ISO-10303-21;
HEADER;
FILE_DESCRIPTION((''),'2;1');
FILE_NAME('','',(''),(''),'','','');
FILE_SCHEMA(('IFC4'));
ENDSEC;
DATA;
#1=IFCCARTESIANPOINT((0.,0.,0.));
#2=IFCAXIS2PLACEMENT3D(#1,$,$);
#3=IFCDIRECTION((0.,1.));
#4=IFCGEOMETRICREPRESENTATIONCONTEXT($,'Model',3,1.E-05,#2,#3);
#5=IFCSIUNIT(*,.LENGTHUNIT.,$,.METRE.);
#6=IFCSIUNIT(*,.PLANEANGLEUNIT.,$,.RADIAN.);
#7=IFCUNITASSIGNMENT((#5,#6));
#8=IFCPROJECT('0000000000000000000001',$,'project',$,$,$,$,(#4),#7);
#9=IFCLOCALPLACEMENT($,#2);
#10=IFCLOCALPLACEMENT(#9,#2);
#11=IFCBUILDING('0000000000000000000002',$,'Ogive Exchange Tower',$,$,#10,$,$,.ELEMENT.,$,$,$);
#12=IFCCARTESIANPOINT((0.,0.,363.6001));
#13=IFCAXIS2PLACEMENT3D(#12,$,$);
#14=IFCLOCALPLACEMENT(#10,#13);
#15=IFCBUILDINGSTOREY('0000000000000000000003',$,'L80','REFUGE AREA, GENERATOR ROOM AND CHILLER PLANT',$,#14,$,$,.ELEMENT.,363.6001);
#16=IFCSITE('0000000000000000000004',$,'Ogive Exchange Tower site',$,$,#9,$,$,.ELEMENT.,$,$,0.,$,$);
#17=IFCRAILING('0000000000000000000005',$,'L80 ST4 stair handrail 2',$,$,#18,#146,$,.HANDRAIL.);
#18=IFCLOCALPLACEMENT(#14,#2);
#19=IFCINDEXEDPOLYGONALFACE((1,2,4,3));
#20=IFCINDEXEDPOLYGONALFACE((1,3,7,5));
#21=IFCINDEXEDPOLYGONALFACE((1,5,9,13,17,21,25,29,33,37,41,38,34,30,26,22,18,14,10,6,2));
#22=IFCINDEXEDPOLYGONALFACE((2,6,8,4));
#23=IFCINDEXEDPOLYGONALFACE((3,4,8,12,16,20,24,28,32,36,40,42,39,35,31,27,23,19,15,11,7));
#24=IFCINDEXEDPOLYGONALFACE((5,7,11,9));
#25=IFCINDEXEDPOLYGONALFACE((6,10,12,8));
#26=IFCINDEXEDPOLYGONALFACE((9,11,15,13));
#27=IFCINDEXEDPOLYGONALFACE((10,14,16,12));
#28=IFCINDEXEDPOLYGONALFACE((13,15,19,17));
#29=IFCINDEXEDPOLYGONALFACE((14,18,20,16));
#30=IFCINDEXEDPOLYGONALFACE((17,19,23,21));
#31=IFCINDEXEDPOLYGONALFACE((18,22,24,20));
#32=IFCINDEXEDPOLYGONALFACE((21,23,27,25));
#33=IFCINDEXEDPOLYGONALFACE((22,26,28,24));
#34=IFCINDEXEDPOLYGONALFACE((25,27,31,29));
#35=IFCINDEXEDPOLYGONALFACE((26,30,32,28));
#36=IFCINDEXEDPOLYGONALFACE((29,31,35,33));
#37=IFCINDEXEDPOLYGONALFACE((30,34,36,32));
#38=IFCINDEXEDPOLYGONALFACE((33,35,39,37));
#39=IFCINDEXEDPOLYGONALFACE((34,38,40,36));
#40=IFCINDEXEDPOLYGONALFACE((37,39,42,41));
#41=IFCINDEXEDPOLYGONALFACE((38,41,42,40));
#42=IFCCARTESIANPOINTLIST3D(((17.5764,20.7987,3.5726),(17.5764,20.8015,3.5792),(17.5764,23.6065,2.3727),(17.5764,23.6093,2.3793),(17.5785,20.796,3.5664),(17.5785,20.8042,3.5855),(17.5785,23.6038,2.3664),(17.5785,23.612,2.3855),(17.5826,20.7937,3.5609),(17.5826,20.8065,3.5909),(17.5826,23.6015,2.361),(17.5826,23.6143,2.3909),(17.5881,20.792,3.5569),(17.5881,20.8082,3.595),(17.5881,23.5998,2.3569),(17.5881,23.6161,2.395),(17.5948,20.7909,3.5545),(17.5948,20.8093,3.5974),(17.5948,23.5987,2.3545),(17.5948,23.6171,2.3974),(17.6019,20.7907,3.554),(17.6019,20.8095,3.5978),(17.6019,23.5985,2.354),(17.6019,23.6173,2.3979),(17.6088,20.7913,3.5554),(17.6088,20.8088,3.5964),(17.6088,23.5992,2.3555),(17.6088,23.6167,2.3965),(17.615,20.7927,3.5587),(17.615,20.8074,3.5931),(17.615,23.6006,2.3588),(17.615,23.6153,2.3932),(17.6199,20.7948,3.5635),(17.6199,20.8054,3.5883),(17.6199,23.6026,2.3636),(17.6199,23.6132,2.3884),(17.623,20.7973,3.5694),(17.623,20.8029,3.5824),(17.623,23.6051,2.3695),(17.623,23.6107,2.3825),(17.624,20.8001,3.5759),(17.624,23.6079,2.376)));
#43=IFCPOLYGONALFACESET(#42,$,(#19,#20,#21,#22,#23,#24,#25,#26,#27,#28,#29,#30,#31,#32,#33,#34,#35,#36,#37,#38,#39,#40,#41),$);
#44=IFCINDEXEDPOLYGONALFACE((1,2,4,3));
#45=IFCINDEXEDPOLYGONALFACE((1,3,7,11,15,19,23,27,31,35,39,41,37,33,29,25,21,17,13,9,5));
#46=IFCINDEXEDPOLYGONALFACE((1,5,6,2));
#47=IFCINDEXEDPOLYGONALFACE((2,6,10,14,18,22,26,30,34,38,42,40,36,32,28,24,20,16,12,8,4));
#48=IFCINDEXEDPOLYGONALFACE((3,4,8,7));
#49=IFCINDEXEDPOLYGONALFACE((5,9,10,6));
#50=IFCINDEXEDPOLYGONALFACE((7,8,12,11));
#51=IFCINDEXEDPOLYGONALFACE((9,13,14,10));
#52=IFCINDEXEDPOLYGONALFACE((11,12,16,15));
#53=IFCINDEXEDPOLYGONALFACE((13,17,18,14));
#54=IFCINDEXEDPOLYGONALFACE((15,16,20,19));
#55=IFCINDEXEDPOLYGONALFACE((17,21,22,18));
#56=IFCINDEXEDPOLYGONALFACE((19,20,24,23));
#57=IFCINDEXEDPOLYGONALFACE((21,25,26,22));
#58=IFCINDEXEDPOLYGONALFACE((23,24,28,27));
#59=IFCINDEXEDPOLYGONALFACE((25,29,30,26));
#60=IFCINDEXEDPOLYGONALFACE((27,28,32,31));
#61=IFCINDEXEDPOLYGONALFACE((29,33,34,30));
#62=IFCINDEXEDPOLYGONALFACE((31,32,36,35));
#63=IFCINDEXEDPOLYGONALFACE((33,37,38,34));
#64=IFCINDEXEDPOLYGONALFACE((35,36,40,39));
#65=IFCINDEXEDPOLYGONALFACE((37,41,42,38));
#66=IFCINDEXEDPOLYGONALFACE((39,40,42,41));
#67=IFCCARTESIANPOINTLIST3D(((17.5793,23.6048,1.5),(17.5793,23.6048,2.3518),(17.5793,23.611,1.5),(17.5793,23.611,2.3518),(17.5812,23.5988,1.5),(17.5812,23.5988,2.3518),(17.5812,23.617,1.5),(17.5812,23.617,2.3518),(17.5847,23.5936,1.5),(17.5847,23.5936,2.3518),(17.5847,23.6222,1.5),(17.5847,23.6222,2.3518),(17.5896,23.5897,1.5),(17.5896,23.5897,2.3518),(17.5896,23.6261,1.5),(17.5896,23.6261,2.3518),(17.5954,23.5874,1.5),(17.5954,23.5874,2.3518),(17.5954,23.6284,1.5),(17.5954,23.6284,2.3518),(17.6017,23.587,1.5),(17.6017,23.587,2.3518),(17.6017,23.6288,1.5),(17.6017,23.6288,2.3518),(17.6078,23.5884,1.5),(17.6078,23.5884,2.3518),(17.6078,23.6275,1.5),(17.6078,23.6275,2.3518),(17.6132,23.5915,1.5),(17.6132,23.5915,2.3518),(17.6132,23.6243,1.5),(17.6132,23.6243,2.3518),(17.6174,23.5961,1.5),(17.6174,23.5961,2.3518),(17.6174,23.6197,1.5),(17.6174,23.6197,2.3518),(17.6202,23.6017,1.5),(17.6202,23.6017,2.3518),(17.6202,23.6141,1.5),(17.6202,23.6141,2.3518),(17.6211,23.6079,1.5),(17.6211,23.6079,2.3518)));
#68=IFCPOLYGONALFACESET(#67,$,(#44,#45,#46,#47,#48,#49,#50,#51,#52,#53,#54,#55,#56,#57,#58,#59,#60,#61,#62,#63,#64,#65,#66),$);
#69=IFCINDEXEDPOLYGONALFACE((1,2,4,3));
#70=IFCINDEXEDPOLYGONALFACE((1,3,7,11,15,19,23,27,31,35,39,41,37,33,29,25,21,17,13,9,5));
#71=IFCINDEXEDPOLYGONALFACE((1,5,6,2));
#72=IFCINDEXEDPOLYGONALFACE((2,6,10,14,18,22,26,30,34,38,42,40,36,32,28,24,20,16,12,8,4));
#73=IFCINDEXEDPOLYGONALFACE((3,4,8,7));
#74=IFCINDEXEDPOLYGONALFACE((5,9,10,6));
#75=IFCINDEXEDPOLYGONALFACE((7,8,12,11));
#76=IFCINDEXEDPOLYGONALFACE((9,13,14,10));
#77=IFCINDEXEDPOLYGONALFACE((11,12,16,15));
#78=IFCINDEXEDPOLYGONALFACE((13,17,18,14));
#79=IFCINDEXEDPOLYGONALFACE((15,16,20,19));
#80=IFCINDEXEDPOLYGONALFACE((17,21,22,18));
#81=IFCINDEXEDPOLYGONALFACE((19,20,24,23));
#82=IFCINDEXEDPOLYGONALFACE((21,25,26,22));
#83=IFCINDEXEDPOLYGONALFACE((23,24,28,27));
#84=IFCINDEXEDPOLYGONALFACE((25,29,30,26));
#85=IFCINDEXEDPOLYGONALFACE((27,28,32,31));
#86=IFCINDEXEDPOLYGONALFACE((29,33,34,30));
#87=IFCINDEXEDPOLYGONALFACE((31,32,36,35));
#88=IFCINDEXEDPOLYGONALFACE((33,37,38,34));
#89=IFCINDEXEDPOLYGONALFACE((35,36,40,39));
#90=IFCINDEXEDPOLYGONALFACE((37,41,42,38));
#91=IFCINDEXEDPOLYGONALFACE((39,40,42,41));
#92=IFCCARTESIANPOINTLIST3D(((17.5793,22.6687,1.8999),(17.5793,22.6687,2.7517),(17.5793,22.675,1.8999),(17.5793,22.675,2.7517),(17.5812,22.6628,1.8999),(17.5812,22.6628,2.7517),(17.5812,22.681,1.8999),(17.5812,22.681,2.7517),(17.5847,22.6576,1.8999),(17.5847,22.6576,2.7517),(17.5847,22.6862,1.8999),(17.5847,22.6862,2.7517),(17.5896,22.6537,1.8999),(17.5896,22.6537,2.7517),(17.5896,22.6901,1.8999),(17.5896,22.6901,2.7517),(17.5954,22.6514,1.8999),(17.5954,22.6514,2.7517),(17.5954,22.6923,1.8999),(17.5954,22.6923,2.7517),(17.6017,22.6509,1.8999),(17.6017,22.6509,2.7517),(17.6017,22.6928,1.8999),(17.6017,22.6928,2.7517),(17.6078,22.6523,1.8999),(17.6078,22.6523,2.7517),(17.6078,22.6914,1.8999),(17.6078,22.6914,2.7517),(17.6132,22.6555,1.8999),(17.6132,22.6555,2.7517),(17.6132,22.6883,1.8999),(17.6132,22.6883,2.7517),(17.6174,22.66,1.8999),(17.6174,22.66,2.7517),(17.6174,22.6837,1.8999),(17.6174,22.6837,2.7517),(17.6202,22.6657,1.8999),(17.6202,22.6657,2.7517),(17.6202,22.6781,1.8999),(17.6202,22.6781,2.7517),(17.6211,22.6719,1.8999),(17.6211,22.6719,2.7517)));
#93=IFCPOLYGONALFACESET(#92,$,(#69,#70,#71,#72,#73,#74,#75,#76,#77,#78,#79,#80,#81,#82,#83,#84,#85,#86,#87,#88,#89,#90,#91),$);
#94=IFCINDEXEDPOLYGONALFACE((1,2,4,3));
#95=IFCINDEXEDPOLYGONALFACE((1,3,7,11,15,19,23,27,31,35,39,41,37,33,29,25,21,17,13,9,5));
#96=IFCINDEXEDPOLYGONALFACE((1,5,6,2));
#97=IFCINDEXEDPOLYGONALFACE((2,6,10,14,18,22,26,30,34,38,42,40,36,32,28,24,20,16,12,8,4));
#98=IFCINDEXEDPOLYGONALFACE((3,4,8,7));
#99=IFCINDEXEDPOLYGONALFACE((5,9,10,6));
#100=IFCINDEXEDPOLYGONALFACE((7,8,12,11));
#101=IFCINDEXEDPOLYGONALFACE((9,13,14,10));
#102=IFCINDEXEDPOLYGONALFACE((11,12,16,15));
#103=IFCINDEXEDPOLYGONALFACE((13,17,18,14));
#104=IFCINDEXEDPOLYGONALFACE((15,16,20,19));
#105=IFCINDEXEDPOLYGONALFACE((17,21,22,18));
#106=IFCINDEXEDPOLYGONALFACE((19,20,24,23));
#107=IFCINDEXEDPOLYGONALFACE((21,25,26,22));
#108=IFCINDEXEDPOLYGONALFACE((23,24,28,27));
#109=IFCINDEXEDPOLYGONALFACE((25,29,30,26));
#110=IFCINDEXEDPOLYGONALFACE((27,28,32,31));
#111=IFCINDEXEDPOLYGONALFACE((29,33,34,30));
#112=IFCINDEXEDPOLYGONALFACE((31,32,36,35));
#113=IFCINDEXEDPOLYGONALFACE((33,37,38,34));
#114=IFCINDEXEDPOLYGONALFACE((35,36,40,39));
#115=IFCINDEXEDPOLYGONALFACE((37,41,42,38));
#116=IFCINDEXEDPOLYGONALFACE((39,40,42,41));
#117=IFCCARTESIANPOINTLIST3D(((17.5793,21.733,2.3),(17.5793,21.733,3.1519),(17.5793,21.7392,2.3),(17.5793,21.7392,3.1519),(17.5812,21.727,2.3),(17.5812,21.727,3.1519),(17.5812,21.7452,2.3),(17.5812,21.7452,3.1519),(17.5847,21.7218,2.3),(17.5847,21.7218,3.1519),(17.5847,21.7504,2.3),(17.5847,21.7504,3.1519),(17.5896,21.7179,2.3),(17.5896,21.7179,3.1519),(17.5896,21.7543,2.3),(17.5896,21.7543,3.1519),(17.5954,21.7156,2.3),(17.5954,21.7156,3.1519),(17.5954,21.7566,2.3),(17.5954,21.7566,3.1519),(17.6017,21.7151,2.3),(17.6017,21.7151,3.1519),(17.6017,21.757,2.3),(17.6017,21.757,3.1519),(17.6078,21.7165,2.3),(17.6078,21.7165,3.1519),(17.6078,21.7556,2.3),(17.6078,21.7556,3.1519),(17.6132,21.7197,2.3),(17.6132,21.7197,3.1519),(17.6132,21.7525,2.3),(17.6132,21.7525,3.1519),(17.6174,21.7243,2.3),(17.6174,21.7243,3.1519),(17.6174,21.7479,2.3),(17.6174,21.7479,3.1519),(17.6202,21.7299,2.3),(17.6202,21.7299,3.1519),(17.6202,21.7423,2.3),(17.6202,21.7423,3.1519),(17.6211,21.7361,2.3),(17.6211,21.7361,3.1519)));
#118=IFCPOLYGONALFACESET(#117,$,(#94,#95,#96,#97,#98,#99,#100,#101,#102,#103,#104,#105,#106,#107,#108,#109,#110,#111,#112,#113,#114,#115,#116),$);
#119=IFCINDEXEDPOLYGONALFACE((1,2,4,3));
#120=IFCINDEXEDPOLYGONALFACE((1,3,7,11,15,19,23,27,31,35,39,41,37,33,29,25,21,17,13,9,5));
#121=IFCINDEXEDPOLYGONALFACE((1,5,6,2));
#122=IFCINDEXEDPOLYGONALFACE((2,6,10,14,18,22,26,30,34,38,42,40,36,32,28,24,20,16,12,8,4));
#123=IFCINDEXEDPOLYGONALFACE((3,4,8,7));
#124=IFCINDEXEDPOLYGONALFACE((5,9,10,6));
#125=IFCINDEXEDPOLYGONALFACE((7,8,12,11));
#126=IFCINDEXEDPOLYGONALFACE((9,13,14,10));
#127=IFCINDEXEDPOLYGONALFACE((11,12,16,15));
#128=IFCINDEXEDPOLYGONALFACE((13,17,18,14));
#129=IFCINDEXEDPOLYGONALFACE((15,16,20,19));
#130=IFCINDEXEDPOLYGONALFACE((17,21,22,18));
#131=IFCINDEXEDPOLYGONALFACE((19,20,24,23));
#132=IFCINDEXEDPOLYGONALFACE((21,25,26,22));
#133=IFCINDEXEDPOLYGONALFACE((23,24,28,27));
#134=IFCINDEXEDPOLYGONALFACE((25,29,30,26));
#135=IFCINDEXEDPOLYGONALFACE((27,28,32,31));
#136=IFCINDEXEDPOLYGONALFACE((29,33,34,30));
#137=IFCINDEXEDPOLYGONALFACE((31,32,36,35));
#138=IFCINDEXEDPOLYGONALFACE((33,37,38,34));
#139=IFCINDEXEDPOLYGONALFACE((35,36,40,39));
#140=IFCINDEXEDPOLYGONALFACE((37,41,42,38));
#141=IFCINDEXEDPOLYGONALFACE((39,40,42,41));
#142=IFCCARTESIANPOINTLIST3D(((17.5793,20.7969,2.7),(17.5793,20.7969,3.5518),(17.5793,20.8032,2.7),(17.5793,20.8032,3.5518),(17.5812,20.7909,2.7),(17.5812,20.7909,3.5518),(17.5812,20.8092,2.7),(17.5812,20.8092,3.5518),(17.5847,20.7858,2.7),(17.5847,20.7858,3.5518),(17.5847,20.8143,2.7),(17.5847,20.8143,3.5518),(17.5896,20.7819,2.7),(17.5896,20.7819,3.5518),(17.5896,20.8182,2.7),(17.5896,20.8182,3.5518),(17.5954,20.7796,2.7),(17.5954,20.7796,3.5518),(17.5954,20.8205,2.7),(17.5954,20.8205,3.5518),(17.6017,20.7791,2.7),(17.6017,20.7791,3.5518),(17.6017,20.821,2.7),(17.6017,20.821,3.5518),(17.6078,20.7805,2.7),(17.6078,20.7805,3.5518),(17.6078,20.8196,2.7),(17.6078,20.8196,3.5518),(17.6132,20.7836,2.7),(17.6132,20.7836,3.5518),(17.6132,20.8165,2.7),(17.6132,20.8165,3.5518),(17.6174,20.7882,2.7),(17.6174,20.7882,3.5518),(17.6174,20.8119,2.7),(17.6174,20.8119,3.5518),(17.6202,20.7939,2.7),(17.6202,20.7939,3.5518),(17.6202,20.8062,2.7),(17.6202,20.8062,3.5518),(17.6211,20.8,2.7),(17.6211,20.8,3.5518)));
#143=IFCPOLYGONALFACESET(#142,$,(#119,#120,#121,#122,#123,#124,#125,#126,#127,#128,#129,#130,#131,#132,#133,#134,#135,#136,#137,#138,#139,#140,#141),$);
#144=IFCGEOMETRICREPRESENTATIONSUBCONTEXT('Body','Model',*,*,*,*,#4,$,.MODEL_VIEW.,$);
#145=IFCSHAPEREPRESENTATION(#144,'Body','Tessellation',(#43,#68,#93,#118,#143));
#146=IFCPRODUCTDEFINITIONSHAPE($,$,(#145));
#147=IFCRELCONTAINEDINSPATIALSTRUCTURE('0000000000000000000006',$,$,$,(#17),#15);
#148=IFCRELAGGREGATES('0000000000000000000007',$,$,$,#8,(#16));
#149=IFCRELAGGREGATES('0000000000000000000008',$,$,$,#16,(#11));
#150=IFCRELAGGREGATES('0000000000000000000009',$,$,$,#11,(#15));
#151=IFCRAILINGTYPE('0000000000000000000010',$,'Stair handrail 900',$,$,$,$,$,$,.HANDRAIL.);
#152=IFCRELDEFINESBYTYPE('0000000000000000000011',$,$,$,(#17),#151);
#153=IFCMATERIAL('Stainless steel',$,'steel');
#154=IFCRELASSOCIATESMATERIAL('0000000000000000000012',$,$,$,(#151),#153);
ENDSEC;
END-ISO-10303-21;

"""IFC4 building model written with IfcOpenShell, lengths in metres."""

from ifc_helpers import new_model, si_unit, direction, frame, origin, origin_2d, place, context, subcontext, project, spatial, circle, extrude, material, type_object, element, save


model = new_model("IFC4")

# Units and contexts
model_context = context("Model", 3, precision=1e-05, world=origin(), true_north=direction((0.0, 1.0)))
body_context = subcontext(model_context, "Body", "Model", "MODEL_VIEW")
ifc_project = project(units=[si_unit("LENGTHUNIT", "METRE"), si_unit("PLANEANGLEUNIT", "RADIAN")], contexts=[model_context])

# Site, building, storey
site_placement = place(None, origin())
site = spatial("IfcSite", under=ifc_project, at=site_placement, Name="Ogive Exchange Tower site", CompositionType="ELEMENT", RefElevation=0.0)
building_placement = place(site_placement, origin())
building = spatial("IfcBuilding", under=site, at=building_placement, Name="Ogive Exchange Tower", CompositionType="ELEMENT")
storey_placement = place(building_placement, frame((0.0, 0.0, 363.6001)))
storey = spatial("IfcBuildingStorey", under=building, at=storey_placement, Name="L80", Description="REFUGE AREA, GENERATOR ROOM AND CHILLER PLANT", CompositionType="ELEMENT", Elevation=363.6001)

# Railing
ifc_material_1 = material(Name="Stainless steel", Category="steel")
railing_type = type_object("IfcRailingType", Name="Stair handrail 900", PredefinedType="HANDRAIL", material=ifc_material_1)
for number, where, name in (
    (1, (17.6001, 23.6079, 1.5), "L80 ST4 stair handrail 2"),
):
    element("IfcRailing", number, at=place(storey_placement, frame(where)), inside=storey, type_object=railing_type, Name=name, PredefinedType="HANDRAIL", context=body_context, shape_type="SweptSolid", body=[
        extrude(circle(Radius=0.0239, at=origin_2d()), frame((0.0, 0.0, 0.876), z_axis=(0.0, -0.91955, 0.392973), x_axis=(1.0, 0.0, 0.0)), (0.0, 0.0, 1.0), 3.0535),
        extrude(circle(Radius=0.021, at=origin_2d()), origin(), (0.0, 0.0, 1.0), 0.8518),
        extrude(circle(Radius=0.021, at=origin_2d()), frame((0.0, -0.936, 0.3999)), (0.0, 0.0, 1.0), 0.8518),
        extrude(circle(Radius=0.021, at=origin_2d()), frame((0.0, -1.8718, 0.8)), (0.0, 0.0, 1.0), 0.8518),
        extrude(circle(Radius=0.021, at=origin_2d()), frame((0.0, -2.8079, 1.2)), (0.0, 0.0, 1.0), 0.8518),
    ])

save(model, "model.ifc")
